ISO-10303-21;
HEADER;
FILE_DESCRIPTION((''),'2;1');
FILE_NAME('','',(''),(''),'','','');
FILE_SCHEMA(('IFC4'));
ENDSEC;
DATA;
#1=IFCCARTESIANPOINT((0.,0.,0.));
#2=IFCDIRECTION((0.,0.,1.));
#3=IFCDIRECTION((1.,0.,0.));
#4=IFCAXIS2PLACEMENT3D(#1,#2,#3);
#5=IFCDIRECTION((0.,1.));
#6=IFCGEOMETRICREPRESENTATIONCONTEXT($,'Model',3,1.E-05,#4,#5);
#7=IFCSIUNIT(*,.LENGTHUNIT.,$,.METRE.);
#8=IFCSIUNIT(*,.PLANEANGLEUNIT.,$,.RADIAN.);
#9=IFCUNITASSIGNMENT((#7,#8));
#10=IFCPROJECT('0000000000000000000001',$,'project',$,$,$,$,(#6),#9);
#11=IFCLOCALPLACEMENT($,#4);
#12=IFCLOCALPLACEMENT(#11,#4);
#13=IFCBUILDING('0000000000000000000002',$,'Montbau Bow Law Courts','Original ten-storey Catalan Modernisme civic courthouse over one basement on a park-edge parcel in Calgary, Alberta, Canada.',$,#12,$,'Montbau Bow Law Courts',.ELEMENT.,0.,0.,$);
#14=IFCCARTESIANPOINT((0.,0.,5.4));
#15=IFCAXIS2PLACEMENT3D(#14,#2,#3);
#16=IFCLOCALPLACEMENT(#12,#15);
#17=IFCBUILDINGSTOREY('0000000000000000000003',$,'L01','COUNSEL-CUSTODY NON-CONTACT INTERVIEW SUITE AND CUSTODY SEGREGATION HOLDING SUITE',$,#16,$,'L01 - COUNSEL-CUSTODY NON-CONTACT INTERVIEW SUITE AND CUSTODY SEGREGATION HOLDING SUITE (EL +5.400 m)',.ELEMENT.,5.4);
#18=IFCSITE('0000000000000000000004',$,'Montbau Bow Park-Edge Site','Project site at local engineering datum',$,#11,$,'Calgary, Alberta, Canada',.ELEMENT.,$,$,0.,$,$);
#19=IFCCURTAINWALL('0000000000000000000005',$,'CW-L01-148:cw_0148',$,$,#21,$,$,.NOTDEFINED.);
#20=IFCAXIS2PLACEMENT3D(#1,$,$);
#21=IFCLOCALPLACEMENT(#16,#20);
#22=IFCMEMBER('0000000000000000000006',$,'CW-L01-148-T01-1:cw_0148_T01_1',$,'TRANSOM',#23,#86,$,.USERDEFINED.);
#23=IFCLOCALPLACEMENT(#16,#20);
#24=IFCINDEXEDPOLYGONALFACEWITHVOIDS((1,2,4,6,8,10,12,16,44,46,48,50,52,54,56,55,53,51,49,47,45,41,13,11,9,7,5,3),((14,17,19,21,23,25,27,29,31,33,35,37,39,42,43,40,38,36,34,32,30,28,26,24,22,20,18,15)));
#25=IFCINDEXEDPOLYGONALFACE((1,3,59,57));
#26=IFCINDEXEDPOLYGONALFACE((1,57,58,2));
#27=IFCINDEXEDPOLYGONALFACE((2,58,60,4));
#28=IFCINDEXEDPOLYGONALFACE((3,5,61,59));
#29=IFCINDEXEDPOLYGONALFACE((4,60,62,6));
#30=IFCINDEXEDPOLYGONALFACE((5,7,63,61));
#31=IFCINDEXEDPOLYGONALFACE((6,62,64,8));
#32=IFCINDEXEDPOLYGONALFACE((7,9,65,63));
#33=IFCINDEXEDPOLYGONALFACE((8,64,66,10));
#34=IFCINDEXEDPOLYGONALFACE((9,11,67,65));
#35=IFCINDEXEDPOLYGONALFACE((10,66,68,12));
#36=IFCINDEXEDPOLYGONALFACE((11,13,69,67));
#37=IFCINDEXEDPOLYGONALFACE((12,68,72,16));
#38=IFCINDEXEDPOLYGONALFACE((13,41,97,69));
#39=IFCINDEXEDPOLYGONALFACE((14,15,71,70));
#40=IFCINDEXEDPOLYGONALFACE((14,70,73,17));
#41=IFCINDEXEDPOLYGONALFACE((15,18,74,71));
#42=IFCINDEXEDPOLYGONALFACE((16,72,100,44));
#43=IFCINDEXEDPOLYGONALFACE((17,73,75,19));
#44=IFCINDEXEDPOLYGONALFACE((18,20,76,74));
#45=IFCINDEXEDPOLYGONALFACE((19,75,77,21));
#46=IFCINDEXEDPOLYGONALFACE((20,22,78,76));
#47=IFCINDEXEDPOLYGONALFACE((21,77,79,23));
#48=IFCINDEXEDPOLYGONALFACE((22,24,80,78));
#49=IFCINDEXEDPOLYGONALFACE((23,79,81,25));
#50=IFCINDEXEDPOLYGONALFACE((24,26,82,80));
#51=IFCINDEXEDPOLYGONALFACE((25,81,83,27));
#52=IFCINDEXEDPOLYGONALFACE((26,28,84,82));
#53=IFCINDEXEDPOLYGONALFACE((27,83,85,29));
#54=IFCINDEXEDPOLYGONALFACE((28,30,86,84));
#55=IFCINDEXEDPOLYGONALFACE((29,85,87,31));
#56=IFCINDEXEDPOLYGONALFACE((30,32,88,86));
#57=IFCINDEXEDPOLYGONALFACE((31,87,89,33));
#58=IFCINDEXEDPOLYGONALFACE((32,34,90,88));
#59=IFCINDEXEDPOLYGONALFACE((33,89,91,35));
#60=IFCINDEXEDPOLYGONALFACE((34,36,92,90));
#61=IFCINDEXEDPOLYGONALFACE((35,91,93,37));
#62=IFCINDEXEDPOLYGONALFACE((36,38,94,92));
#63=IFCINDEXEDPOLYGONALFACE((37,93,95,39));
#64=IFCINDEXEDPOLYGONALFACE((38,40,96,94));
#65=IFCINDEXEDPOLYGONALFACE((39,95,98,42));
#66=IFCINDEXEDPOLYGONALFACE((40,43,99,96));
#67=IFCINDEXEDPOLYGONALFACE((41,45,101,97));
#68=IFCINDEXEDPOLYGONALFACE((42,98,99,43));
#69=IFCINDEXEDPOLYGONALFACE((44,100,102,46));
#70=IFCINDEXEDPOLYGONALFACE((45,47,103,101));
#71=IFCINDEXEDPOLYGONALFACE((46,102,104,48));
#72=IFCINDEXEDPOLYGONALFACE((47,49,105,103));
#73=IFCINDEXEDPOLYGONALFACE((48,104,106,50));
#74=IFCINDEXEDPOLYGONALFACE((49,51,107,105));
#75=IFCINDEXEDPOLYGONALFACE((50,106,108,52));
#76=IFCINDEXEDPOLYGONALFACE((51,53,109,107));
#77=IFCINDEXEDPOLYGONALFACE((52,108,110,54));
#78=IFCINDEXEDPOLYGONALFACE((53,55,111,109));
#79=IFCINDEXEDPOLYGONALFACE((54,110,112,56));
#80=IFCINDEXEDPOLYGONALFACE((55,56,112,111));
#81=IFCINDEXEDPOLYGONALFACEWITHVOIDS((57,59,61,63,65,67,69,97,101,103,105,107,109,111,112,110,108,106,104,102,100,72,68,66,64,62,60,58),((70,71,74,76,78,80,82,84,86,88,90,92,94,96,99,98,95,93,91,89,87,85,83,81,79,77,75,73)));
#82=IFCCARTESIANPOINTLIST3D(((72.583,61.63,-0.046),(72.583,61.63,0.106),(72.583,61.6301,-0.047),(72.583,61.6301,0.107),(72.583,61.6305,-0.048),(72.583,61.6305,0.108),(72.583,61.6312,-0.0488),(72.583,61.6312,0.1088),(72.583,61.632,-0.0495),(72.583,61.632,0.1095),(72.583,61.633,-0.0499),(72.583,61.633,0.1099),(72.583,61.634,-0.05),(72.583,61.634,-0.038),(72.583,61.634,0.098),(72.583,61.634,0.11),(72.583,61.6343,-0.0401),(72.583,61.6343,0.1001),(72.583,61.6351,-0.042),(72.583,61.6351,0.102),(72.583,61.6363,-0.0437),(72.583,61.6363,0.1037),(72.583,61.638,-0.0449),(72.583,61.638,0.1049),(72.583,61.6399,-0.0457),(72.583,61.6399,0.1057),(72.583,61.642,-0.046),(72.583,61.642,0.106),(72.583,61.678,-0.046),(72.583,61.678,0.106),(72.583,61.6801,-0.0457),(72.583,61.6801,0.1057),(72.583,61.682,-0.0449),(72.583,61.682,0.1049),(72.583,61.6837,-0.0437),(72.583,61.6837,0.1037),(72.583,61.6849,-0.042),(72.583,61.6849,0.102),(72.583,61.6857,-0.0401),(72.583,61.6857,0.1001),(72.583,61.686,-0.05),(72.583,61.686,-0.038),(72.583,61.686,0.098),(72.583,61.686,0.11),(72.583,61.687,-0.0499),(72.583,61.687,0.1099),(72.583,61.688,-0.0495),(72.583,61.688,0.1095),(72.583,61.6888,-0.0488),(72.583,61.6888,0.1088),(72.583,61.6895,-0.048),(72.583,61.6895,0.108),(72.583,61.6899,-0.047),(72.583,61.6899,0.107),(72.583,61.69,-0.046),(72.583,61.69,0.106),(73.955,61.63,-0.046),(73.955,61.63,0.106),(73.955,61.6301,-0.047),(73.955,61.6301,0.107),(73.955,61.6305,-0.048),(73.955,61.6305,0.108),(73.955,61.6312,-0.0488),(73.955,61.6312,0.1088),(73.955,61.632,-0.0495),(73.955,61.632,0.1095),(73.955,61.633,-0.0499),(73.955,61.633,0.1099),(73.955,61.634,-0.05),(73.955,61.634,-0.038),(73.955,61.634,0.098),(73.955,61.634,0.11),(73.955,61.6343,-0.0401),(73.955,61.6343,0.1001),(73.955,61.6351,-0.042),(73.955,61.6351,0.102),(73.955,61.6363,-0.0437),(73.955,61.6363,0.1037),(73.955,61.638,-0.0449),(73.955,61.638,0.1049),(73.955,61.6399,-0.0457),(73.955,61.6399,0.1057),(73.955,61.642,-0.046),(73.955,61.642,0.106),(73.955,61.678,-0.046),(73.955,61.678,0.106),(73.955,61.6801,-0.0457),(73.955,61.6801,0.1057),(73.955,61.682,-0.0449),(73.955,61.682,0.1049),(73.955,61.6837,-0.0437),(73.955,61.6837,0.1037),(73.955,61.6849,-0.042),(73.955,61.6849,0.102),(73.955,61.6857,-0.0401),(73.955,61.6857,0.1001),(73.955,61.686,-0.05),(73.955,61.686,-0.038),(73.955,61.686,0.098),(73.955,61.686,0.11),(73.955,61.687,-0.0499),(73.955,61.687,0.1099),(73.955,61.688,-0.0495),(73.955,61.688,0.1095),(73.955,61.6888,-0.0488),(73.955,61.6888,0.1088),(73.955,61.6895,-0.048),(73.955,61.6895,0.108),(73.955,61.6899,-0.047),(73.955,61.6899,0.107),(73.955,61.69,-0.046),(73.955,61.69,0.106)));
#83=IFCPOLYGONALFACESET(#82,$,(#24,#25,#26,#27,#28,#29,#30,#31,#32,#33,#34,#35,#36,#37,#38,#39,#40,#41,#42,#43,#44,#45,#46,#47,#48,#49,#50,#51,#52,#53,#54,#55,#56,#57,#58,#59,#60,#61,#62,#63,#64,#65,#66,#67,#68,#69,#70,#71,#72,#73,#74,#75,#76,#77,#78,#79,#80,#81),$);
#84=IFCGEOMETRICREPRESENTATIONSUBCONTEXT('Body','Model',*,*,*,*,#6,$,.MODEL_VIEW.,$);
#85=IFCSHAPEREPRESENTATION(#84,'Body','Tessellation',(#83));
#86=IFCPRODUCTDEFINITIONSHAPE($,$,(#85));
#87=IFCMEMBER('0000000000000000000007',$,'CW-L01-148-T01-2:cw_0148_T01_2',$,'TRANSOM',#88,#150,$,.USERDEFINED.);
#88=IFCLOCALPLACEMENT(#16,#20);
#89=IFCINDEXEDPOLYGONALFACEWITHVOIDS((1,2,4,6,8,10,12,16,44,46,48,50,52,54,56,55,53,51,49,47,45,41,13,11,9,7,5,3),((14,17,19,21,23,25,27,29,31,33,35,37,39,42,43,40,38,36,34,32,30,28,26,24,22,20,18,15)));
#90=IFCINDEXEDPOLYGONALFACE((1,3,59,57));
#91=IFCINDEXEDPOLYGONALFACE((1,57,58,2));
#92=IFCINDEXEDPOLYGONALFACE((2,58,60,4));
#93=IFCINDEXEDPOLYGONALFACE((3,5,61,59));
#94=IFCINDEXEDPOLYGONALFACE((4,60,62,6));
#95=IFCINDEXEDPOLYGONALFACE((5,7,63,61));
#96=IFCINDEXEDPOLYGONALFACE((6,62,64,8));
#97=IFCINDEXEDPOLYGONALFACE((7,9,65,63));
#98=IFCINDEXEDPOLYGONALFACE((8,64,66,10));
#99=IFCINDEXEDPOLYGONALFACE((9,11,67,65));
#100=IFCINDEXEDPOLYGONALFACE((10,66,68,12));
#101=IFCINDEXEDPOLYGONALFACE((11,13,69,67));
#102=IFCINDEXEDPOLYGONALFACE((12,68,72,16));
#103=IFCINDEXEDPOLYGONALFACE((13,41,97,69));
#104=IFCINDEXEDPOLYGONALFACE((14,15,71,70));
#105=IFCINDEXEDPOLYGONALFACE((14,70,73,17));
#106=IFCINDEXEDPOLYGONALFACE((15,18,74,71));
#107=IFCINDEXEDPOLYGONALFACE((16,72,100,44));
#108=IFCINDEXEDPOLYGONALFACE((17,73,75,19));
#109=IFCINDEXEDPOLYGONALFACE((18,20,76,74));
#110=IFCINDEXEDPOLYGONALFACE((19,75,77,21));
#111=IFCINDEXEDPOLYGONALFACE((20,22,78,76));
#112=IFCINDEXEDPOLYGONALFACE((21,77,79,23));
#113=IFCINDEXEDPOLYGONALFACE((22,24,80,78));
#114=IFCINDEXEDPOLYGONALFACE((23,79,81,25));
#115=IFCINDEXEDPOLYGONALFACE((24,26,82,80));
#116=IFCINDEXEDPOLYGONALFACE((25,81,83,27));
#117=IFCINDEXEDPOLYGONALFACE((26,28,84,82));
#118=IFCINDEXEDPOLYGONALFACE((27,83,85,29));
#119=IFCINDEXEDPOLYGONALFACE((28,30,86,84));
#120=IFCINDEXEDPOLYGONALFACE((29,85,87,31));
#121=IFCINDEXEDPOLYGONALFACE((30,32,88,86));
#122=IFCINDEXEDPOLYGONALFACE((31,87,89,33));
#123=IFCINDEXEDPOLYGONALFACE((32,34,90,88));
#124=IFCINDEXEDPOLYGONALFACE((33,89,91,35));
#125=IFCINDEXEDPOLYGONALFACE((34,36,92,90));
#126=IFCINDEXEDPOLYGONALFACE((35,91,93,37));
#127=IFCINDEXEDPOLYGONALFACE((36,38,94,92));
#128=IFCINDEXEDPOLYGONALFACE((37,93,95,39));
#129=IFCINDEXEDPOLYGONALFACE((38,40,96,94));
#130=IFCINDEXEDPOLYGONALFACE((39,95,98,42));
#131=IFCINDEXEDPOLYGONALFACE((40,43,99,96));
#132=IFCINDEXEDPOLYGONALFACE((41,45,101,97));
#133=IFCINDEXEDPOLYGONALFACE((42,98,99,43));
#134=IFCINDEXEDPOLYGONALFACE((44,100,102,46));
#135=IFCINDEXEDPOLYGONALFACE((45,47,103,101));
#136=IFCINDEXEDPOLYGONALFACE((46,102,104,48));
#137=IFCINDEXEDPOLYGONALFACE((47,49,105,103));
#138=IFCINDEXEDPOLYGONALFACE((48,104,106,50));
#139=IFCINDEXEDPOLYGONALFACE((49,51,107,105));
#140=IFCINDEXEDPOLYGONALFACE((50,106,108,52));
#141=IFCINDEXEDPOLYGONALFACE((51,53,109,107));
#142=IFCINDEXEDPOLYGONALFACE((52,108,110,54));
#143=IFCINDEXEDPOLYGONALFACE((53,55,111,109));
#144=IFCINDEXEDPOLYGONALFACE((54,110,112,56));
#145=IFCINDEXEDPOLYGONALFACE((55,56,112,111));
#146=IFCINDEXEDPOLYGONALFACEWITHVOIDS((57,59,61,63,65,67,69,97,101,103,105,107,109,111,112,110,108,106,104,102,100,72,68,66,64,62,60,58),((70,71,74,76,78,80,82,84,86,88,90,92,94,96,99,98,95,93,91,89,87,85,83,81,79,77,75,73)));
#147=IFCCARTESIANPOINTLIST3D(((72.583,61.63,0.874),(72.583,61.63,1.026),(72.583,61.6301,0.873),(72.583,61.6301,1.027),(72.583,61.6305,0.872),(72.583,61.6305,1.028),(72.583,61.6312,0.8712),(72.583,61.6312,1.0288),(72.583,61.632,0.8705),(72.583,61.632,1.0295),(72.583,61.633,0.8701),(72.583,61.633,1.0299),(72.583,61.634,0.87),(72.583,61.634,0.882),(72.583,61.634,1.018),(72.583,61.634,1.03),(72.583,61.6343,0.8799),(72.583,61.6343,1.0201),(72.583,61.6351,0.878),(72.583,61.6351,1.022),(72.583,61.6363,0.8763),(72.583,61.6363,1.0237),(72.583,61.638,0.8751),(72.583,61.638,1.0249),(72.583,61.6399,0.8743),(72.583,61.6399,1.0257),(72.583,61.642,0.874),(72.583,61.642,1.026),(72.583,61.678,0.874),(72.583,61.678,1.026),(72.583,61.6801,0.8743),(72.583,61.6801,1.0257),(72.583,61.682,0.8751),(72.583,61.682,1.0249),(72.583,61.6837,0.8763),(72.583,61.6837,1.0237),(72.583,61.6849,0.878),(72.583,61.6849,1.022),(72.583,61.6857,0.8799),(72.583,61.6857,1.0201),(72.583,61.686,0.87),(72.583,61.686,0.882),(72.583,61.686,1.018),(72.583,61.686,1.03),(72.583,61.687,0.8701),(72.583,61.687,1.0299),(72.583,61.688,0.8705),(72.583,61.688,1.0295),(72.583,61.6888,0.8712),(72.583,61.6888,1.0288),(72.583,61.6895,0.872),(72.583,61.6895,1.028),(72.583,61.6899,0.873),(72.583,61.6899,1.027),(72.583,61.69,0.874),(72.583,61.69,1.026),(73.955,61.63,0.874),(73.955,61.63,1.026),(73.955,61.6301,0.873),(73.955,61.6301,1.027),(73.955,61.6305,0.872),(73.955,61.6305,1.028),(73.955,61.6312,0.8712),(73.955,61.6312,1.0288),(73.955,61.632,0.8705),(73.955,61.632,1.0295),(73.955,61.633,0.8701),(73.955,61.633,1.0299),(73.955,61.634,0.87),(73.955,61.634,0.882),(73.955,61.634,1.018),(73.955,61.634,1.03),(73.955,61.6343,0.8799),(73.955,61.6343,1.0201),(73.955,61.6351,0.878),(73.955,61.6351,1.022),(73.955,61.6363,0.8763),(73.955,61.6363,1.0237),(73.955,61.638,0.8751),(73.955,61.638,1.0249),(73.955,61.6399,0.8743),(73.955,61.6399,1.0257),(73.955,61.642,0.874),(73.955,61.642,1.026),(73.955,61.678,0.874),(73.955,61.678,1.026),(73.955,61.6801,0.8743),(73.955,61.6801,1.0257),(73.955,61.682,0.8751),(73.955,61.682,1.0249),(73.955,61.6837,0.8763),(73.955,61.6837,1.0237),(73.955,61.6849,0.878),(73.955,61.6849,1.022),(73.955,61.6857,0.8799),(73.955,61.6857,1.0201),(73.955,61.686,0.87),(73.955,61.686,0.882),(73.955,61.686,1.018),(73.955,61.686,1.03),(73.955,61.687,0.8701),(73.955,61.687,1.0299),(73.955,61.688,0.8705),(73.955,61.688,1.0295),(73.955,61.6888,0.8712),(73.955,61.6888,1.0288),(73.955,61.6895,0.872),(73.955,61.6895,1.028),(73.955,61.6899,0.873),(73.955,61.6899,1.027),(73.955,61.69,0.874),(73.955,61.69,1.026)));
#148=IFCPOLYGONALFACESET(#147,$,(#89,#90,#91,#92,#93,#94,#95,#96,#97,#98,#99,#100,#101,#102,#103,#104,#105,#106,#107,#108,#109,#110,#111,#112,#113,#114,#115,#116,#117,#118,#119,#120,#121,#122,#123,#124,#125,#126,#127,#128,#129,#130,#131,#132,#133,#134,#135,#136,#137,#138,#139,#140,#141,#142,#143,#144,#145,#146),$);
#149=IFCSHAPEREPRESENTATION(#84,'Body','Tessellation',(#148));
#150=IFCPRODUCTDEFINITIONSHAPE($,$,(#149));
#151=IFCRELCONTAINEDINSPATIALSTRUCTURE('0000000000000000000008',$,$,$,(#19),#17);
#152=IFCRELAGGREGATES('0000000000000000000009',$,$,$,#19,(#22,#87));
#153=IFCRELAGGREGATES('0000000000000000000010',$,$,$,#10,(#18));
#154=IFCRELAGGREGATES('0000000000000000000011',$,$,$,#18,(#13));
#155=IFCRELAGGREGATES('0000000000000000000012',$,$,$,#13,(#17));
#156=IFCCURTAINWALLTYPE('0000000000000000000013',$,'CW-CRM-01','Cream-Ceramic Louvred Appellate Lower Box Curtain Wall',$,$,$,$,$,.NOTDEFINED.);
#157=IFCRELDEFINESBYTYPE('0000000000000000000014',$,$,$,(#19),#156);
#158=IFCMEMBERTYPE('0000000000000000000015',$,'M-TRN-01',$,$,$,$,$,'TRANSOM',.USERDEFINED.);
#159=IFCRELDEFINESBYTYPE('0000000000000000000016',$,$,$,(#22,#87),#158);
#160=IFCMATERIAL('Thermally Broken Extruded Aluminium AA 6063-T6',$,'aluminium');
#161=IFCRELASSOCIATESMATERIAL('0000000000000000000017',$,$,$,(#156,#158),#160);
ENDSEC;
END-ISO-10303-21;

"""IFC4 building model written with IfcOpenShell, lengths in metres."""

from ifc_helpers import new_model, si_unit, direction, frame, origin_with_axes, origin_2d_with_axis, place, context, subcontext, project, spatial, hollow_rectangle, extrude, material, material_profile, profile_set, type_object, element, aggregate, save


model = new_model("IFC4")

# Units and contexts
model_context = context("Model", 3, precision=1e-05, world=origin_with_axes(), true_north=direction((0.0, 1.0)))
body_context = subcontext(model_context, "Body", "Model", "MODEL_VIEW")
ifc_project = project(units=[si_unit("LENGTHUNIT", "METRE"), si_unit("PLANEANGLEUNIT", "RADIAN")], contexts=[model_context])

# Site, building, storey
site_placement = place(None, origin_with_axes())
site = spatial("IfcSite", under=ifc_project, at=site_placement, Name="Montbau Bow Park-Edge Site", Description="Project site at local engineering datum", LongName="Calgary, Alberta, Canada", CompositionType="ELEMENT", RefElevation=0.0)
building_placement = place(site_placement, origin_with_axes())
building = spatial("IfcBuilding", under=site, at=building_placement, Name="Montbau Bow Law Courts", Description="Original ten-storey Catalan Modernisme civic courthouse over one basement on a park-edge parcel in Calgary, Alberta, Canada.", LongName="Montbau Bow Law Courts", CompositionType="ELEMENT", ElevationOfRefHeight=0.0, ElevationOfTerrain=0.0)
storey_placement = place(building_placement, frame((0.0, 0.0, 5.4), z_axis=(0.0, 0.0, 1.0), x_axis=(1.0, 0.0, 0.0)))
storey = spatial("IfcBuildingStorey", under=building, at=storey_placement, Name="L01", Description="COUNSEL-CUSTODY NON-CONTACT INTERVIEW SUITE AND CUSTODY SEGREGATION HOLDING SUITE", LongName="L01 - COUNSEL-CUSTODY NON-CONTACT INTERVIEW SUITE AND CUSTODY SEGREGATION HOLDING SUITE (EL +5.400 m)", CompositionType="ELEMENT", Elevation=5.4)

# Curtain wall, members
ifc_material_1 = material(Name="Thermally Broken Extruded Aluminium AA 6063-T6", Category="aluminium")
curtain_wall_type = type_object("IfcCurtainWallType", Name="CW-CRM-01", Description="Cream-Ceramic Louvred Appellate Lower Box Curtain Wall", PredefinedType="NOTDEFINED", material=ifc_material_1)
curtain_wall_1_placement = place(None, frame((72.515, 61.66, 5.4), z_axis=(0.0, 0.0, 1.0), x_axis=(1.0, 0.0, 0.0)))
curtain_wall_1 = element("IfcCurtainWall", 1, at=curtain_wall_1_placement, inside=storey, type_object=curtain_wall_type, Name="CW-L01-148:cw_0148", PredefinedType="NOTDEFINED")
ifc_material_profile_1 = material_profile(ifc_material_1, hollow_rectangle(XDim=0.06, YDim=0.16, WallThickness=0.004, InnerFilletRadius=0.008, OuterFilletRadius=0.004, at=origin_2d_with_axis()), Name="CWT-160X60", Category="Main", Priority=0)
ifc_profile_set_1 = profile_set([ifc_material_profile_1], Name="Thermally Broken Extruded Aluminium AA 6063-T6")
member_type_1 = type_object("IfcMemberType", Name="M-TRN-01", ElementType="TRANSOM", PredefinedType="USERDEFINED", material=ifc_profile_set_1)
member_1_placement = place(None, frame((72.583, 61.66, 5.43), z_axis=(1.0, 0.0, 0.0), x_axis=(0.0, 1.0, 0.0)))
member_1 = element("IfcMember", 2, at=member_1_placement, type_object=member_type_1, Name="CW-L01-148-T01-1:cw_0148_T01_1", ObjectType="TRANSOM", PredefinedType="USERDEFINED", context=body_context, shape_type="SweptSolid", body=[
    extrude(hollow_rectangle(XDim=0.06, YDim=0.16, WallThickness=0.004, InnerFilletRadius=0.008, OuterFilletRadius=0.004, at=origin_2d_with_axis()), origin_with_axes(), (0.0, 0.0, 1.0), 1.372),
])
member_2_placement = place(None, frame((72.583, 61.66, 6.35), z_axis=(1.0, 0.0, 0.0), x_axis=(0.0, 1.0, 0.0)))
member_2 = element("IfcMember", 3, at=member_2_placement, type_object=member_type_1, Name="CW-L01-148-T01-2:cw_0148_T01_2", ObjectType="TRANSOM", PredefinedType="USERDEFINED", context=body_context, shape_type="SweptSolid", body=[
    extrude(hollow_rectangle(XDim=0.06, YDim=0.16, WallThickness=0.004, InnerFilletRadius=0.008, OuterFilletRadius=0.004, at=origin_2d_with_axis()), origin_with_axes(), (0.0, 0.0, 1.0), 1.372),
])

aggregate(curtain_wall_1, [member_1, member_2])

save(model, "model.ifc")
